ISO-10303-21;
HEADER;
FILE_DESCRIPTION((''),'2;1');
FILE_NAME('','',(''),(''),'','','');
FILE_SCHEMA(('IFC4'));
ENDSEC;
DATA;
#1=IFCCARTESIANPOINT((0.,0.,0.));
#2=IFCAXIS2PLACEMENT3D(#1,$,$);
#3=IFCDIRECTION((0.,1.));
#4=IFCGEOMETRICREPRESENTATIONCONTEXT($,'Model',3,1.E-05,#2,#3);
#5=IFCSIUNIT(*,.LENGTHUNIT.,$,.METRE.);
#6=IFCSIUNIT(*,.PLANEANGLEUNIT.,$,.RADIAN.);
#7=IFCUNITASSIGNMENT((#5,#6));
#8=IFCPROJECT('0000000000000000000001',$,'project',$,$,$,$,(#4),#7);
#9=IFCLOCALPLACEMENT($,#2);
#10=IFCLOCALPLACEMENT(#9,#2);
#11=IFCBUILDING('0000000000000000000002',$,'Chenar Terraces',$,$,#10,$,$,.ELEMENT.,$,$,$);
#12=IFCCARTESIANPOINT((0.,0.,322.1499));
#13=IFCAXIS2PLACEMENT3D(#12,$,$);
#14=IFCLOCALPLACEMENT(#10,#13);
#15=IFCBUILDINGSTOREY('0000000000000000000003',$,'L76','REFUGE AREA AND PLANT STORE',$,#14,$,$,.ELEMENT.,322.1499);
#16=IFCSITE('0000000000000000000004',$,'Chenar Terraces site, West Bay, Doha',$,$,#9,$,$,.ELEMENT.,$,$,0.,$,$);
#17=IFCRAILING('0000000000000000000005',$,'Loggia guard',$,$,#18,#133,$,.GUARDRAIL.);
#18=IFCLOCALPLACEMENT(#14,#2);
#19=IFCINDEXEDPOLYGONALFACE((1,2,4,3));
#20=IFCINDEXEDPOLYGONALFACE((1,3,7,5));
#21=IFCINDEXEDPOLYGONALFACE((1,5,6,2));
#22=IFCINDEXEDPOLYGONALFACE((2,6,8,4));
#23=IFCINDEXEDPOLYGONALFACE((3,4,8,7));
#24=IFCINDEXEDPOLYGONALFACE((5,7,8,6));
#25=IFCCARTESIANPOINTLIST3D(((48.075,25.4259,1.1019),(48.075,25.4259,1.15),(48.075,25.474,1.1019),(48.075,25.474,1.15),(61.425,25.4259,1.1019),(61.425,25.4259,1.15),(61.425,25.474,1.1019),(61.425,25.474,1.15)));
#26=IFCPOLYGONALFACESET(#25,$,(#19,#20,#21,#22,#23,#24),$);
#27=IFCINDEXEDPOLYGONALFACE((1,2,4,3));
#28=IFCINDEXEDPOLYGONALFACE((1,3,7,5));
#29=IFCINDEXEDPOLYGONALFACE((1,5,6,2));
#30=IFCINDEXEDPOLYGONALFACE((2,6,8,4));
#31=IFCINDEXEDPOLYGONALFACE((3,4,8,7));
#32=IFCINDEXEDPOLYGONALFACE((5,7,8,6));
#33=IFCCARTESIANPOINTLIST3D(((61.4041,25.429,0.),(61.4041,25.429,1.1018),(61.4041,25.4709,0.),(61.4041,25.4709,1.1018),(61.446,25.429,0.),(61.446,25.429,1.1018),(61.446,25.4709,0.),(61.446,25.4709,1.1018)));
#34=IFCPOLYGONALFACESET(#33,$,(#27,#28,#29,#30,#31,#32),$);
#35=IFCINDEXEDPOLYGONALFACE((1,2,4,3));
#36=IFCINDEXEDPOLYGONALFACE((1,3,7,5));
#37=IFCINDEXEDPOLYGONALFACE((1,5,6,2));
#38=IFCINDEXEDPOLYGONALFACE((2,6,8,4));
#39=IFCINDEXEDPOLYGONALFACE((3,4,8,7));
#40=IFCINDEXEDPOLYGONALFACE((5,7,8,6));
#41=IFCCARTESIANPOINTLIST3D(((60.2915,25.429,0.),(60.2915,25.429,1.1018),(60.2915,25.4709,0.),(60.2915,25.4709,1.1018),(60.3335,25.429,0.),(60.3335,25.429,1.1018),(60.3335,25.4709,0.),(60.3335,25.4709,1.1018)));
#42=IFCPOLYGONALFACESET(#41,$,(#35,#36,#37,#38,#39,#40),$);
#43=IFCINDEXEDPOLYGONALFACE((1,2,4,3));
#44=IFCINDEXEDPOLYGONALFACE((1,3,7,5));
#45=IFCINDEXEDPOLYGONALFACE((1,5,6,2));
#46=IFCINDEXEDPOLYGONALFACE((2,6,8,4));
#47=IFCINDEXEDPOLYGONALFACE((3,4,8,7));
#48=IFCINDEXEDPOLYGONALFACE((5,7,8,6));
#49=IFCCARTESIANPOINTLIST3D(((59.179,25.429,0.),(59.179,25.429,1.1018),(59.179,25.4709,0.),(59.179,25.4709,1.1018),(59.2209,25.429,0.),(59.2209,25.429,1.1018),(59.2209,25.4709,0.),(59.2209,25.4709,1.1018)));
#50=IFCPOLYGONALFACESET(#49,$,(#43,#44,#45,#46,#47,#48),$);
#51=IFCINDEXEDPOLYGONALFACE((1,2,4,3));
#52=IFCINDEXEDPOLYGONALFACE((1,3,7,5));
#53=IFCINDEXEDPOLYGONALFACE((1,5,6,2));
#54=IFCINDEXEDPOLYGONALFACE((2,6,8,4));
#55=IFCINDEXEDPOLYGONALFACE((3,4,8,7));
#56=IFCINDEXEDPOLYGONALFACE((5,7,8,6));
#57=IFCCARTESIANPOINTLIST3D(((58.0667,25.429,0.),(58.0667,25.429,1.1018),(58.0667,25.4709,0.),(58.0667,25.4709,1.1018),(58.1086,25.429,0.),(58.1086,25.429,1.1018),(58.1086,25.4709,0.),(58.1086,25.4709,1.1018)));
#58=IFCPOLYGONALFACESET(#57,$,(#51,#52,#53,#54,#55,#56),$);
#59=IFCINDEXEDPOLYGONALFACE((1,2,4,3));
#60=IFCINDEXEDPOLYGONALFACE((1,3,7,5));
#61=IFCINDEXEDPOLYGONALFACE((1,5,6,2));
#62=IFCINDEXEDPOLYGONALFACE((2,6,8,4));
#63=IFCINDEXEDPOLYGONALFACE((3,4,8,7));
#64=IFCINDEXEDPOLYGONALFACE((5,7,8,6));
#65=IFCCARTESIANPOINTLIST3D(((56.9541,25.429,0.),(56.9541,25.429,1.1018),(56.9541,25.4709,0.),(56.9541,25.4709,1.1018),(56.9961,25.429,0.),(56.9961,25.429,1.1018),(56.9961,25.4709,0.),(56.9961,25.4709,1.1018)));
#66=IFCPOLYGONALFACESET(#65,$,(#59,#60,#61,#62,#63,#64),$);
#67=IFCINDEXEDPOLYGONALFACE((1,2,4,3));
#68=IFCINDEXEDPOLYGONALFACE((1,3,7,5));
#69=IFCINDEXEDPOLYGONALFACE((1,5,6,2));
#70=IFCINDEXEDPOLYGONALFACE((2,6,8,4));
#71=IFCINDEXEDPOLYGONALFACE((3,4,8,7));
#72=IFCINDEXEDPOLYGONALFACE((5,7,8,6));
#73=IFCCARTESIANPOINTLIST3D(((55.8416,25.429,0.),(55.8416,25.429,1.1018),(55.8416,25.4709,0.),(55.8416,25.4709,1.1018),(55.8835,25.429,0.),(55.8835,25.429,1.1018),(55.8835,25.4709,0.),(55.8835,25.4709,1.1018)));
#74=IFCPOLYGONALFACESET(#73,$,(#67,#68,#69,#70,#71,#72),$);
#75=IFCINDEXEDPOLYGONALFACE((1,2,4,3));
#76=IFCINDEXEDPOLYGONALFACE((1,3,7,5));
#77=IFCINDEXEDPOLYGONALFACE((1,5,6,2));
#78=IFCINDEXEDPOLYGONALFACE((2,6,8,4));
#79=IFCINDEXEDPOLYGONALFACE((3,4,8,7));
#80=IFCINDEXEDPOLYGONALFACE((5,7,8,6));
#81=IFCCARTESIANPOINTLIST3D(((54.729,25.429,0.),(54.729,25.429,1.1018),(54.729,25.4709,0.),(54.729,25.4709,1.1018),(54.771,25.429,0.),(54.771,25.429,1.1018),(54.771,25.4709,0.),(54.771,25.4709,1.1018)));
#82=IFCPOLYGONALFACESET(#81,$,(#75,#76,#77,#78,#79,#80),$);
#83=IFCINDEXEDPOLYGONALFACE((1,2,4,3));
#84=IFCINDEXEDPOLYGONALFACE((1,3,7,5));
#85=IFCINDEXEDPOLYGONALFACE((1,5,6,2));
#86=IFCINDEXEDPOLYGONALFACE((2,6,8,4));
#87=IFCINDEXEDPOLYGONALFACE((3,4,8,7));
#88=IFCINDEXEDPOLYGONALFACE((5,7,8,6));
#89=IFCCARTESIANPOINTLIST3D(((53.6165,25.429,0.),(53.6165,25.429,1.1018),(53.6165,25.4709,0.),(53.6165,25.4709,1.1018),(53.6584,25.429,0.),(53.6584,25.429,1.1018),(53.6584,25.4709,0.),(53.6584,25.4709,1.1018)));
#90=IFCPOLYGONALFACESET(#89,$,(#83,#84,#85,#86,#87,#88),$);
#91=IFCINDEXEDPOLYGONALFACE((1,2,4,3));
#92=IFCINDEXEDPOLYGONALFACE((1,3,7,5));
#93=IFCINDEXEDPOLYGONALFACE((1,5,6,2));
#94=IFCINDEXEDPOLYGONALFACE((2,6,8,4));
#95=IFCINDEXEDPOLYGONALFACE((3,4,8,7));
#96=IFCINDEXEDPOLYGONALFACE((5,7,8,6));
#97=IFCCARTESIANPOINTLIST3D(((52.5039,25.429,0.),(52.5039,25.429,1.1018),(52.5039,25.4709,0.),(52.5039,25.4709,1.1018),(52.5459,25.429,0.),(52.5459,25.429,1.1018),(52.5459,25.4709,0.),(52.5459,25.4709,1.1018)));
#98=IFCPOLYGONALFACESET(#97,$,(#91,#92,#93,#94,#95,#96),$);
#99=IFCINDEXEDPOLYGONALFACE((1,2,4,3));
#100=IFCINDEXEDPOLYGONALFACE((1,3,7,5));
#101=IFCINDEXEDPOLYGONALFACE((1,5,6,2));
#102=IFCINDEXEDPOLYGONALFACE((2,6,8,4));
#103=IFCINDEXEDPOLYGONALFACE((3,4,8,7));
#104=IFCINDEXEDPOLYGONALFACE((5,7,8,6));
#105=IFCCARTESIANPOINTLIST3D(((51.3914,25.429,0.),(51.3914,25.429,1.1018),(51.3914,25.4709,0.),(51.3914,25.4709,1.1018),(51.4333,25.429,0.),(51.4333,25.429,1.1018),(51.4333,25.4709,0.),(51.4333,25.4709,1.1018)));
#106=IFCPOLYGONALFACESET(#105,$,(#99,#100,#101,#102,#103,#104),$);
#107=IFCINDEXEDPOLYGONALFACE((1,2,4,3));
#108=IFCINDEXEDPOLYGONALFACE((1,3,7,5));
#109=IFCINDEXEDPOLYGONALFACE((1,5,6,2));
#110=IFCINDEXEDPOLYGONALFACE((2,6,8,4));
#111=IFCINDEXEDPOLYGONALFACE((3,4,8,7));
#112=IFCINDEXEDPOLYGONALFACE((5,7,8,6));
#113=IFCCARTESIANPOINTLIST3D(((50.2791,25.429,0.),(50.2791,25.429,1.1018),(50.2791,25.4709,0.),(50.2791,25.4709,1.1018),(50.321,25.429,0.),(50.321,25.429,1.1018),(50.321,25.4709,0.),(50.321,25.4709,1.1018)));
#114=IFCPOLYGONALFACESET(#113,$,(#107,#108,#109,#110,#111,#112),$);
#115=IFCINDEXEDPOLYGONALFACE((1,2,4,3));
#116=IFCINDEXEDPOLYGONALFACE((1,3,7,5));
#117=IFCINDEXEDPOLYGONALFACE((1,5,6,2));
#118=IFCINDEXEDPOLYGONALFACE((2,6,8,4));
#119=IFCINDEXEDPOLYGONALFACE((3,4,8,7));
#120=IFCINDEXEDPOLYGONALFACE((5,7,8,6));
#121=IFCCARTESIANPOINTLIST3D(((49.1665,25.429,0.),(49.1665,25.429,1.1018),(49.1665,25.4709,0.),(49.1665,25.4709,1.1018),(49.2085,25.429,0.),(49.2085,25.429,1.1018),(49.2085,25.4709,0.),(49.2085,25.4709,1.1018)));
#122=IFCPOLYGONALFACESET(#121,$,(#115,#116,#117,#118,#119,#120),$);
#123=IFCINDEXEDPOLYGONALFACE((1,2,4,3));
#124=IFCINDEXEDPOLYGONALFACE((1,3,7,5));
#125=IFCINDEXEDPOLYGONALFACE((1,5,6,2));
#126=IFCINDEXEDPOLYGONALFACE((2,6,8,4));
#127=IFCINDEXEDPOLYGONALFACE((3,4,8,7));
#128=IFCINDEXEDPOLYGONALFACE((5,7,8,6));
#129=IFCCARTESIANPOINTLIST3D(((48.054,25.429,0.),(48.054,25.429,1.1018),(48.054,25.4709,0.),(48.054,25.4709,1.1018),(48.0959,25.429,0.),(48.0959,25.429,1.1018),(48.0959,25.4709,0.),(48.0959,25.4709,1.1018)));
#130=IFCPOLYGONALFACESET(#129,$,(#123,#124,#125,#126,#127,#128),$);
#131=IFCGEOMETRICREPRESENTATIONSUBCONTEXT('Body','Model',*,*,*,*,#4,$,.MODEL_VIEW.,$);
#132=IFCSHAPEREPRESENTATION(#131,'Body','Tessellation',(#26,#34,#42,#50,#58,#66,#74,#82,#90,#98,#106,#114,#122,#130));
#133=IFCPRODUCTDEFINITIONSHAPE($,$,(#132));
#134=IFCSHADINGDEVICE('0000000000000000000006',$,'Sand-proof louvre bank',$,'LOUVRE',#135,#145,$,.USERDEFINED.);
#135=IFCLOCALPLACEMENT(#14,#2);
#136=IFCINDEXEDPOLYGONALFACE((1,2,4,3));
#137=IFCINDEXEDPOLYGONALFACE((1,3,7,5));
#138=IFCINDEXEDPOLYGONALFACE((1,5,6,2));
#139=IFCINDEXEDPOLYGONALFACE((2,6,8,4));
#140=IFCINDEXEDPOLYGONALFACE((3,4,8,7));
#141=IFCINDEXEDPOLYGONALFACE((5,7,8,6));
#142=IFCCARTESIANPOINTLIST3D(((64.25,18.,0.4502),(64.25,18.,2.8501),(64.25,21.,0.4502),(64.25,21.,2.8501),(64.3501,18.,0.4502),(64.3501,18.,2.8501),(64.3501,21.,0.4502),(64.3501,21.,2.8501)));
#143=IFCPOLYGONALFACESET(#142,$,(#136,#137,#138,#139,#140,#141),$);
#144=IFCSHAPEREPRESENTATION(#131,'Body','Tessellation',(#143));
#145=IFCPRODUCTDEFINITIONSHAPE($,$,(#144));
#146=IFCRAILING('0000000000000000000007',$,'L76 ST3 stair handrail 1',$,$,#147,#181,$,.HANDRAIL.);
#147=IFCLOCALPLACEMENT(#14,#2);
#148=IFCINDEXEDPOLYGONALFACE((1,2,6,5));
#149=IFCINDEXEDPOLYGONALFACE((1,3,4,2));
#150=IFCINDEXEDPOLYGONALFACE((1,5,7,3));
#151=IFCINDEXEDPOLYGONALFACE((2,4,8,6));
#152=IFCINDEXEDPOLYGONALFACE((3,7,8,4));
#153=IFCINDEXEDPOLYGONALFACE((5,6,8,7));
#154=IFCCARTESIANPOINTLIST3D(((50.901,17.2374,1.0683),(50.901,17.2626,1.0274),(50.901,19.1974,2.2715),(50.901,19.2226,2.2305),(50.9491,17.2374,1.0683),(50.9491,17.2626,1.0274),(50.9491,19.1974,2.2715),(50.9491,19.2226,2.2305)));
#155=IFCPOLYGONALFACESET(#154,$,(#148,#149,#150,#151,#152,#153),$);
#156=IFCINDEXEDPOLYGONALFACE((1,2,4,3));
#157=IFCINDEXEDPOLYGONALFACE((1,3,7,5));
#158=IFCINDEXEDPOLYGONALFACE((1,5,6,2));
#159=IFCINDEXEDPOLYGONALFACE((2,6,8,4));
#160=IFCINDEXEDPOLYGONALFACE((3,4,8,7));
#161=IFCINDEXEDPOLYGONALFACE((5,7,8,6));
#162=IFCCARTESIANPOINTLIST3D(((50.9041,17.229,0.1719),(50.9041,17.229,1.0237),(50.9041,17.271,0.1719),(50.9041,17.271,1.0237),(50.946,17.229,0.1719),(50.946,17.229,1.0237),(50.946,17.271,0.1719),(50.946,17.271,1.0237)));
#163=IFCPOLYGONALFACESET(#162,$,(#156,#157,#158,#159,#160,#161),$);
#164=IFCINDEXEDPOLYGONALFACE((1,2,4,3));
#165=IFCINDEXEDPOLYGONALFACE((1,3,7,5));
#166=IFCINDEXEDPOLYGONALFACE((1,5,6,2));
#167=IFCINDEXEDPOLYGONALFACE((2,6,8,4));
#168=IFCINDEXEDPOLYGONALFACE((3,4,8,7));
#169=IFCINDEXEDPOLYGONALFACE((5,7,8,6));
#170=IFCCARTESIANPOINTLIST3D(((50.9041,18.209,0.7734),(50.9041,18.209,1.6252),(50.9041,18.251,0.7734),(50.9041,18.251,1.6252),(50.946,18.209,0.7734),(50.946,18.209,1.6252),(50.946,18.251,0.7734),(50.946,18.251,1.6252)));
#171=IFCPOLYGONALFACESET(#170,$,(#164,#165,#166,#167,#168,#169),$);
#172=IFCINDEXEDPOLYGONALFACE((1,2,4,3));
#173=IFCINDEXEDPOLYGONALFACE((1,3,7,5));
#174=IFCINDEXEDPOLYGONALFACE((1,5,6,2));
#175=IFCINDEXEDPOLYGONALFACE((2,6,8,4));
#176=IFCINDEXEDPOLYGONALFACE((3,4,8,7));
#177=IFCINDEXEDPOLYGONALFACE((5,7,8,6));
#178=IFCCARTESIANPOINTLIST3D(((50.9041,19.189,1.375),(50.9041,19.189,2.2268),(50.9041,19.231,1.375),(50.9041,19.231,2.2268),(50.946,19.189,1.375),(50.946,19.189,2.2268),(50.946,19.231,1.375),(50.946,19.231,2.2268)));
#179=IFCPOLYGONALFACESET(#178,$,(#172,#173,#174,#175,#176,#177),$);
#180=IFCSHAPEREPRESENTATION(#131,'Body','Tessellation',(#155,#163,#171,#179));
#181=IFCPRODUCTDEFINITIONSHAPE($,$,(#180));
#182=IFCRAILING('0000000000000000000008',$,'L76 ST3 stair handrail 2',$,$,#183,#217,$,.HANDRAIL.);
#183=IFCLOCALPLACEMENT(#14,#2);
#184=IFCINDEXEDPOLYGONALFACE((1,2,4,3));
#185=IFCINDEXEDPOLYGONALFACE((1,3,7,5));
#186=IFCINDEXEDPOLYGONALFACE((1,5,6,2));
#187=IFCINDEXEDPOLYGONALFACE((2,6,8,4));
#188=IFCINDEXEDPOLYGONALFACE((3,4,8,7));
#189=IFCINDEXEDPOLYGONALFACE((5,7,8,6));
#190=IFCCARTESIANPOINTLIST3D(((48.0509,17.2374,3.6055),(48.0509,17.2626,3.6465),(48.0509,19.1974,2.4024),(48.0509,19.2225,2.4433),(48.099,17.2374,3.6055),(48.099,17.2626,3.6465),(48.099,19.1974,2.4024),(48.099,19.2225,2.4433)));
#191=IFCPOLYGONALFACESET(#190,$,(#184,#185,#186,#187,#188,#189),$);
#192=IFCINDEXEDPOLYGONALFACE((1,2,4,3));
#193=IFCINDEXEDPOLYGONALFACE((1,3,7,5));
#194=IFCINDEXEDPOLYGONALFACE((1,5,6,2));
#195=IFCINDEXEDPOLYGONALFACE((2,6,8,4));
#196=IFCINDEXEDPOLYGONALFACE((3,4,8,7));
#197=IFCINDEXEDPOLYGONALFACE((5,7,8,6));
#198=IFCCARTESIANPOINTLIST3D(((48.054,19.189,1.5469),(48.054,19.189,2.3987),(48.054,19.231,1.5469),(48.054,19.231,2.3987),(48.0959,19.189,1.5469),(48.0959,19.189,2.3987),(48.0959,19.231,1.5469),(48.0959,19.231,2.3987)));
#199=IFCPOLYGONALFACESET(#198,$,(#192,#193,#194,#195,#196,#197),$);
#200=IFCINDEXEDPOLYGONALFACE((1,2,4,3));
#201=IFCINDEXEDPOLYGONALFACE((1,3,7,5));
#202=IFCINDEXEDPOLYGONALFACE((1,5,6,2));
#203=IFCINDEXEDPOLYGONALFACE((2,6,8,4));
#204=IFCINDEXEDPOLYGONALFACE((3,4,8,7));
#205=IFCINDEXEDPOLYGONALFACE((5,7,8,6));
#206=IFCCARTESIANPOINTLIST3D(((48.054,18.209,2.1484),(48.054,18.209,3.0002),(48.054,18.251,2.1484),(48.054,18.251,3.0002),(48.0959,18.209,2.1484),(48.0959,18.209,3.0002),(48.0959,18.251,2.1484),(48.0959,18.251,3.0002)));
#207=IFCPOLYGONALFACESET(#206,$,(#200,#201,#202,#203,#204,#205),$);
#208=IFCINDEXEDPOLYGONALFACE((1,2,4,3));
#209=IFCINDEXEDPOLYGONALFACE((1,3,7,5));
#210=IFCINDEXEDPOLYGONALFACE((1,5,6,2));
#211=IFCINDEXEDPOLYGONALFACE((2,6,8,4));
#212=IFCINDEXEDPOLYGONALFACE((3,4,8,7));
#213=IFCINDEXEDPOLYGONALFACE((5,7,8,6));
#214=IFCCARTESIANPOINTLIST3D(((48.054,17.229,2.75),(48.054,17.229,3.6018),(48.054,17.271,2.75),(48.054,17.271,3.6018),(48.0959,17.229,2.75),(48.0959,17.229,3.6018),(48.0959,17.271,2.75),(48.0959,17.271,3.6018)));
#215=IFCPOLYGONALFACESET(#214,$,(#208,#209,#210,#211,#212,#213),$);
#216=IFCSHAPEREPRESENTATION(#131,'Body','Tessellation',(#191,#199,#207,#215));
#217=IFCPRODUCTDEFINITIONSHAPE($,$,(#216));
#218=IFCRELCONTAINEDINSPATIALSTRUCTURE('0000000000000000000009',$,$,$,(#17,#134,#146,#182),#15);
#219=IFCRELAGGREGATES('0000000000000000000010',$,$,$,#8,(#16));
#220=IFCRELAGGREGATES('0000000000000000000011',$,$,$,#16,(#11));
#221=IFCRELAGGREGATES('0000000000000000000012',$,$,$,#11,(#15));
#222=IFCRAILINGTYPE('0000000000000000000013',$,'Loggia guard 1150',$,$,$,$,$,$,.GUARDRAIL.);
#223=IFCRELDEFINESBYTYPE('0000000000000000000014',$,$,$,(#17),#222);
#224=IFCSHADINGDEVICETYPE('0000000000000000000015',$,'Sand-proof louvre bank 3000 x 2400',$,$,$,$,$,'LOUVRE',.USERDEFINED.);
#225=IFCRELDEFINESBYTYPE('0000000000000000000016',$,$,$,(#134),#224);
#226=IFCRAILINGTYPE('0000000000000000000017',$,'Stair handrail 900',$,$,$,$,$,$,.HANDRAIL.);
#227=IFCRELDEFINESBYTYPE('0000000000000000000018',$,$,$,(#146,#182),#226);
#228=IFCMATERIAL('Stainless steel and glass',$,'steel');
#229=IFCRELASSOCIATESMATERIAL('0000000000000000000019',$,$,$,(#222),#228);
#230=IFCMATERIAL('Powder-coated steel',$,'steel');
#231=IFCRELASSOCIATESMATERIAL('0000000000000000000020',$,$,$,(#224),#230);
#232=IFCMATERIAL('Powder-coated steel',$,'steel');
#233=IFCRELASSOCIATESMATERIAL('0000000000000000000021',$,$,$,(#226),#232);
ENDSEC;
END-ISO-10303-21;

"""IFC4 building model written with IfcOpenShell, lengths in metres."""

from ifc_helpers import new_model, si_unit, direction, frame, origin, origin_2d, place, context, subcontext, project, spatial, rectangle, extrude, material, type_object, element, save


model = new_model("IFC4")

# Units and contexts
model_context = context("Model", 3, precision=1e-05, world=origin(), true_north=direction((0.0, 1.0)))
body_context = subcontext(model_context, "Body", "Model", "MODEL_VIEW")
ifc_project = project(units=[si_unit("LENGTHUNIT", "METRE"), si_unit("PLANEANGLEUNIT", "RADIAN")], contexts=[model_context])

# Site, building, storey
site_placement = place(None, origin())
site = spatial("IfcSite", under=ifc_project, at=site_placement, Name="Chenar Terraces site, West Bay, Doha", CompositionType="ELEMENT", RefElevation=0.0)
building_placement = place(site_placement, origin())
building = spatial("IfcBuilding", under=site, at=building_placement, Name="Chenar Terraces", CompositionType="ELEMENT")
storey_placement = place(building_placement, frame((0.0, 0.0, 322.1499)))
storey = spatial("IfcBuildingStorey", under=building, at=storey_placement, Name="L76", Description="REFUGE AREA AND PLANT STORE", CompositionType="ELEMENT", Elevation=322.1499)

# Railing
ifc_material_1 = material(Name="Stainless steel and glass", Category="steel")
railing_type_1 = type_object("IfcRailingType", Name="Loggia guard 1150", PredefinedType="GUARDRAIL", material=ifc_material_1)
railing_1_placement = place(storey_placement, frame((61.425, 25.45, 0.0)))
element("IfcRailing", 1, at=railing_1_placement, inside=storey, type_object=railing_type_1, Name="Loggia guard", PredefinedType="GUARDRAIL", context=body_context, shape_type="SweptSolid", body=[
    extrude(rectangle(XDim=0.0481, YDim=0.0481, at=origin_2d()), frame((0.0, 0.0, 1.126), z_axis=(-1.0, 0.0, 0.0), x_axis=(0.0, -1.0, 0.0)), (0.0, 0.0, 1.0), 13.3501),
    extrude(rectangle(XDim=0.042, YDim=0.042, at=origin_2d()), origin(), (0.0, 0.0, 1.0), 1.1018),
    extrude(rectangle(XDim=0.042, YDim=0.042, at=origin_2d()), frame((-1.1125, 0.0, 0.0)), (0.0, 0.0, 1.0), 1.1018),
    extrude(rectangle(XDim=0.042, YDim=0.042, at=origin_2d()), frame((-2.2251, 0.0, 0.0)), (0.0, 0.0, 1.0), 1.1018),
    extrude(rectangle(XDim=0.042, YDim=0.042, at=origin_2d()), frame((-3.3374, 0.0, 0.0)), (0.0, 0.0, 1.0), 1.1018),
    extrude(rectangle(XDim=0.042, YDim=0.042, at=origin_2d()), frame((-4.45, 0.0, 0.0)), (0.0, 0.0, 1.0), 1.1018),
    extrude(rectangle(XDim=0.042, YDim=0.042, at=origin_2d()), frame((-5.5625, 0.0, 0.0)), (0.0, 0.0, 1.0), 1.1018),
    extrude(rectangle(XDim=0.042, YDim=0.042, at=origin_2d()), frame((-6.675, 0.0, 0.0)), (0.0, 0.0, 1.0), 1.1018),
    extrude(rectangle(XDim=0.042, YDim=0.042, at=origin_2d()), frame((-7.7876, 0.0, 0.0)), (0.0, 0.0, 1.0), 1.1018),
    extrude(rectangle(XDim=0.042, YDim=0.042, at=origin_2d()), frame((-8.9001, 0.0, 0.0)), (0.0, 0.0, 1.0), 1.1018),
    extrude(rectangle(XDim=0.042, YDim=0.042, at=origin_2d()), frame((-10.0127, 0.0, 0.0)), (0.0, 0.0, 1.0), 1.1018),
    extrude(rectangle(XDim=0.042, YDim=0.042, at=origin_2d()), frame((-11.125, 0.0, 0.0)), (0.0, 0.0, 1.0), 1.1018),
    extrude(rectangle(XDim=0.042, YDim=0.042, at=origin_2d()), frame((-12.2375, 0.0, 0.0)), (0.0, 0.0, 1.0), 1.1018),
    extrude(rectangle(XDim=0.042, YDim=0.042, at=origin_2d()), frame((-13.3501, 0.0, 0.0)), (0.0, 0.0, 1.0), 1.1018),
])

# Shading device
ifc_material_2 = material(Name="Powder-coated steel", Category="steel")
shading_device_type = type_object("IfcShadingDeviceType", Name="Sand-proof louvre bank 3000 x 2400", ElementType="LOUVRE", PredefinedType="USERDEFINED", material=ifc_material_2)
shading_device_placement = place(storey_placement, frame((64.3, 19.5, 0.4502), z_axis=(0.0, 0.0, 1.0), x_axis=(0.0, 1.0, 0.0)))
element("IfcShadingDevice", 2, at=shading_device_placement, inside=storey, type_object=shading_device_type, Name="Sand-proof louvre bank", ObjectType="LOUVRE", PredefinedType="USERDEFINED", context=body_context, shape_type="SweptSolid", body=[
    extrude(rectangle(XDim=3.0, YDim=0.1001, at=origin_2d()), origin(), (0.0, 0.0, 1.0), 2.3999),
])

# Railings
ifc_material_3 = material(Name="Powder-coated steel", Category="steel")
railing_type_2 = type_object("IfcRailingType", Name="Stair handrail 900", PredefinedType="HANDRAIL", material=ifc_material_3)
railing_2_placement = place(storey_placement, frame((50.925, 17.25, 0.1719)))
element("IfcRailing", 3, at=railing_2_placement, inside=storey, type_object=railing_type_2, Name="L76 ST3 stair handrail 1", PredefinedType="HANDRAIL", context=body_context, shape_type="SweptSolid", body=[
    extrude(rectangle(XDim=0.0481, YDim=0.0481, at=origin_2d()), frame((0.0, 0.0, 0.876), z_axis=(0.0, 0.852241, 0.523149), x_axis=(-1.0, 0.0, 0.0)), (0.0, 0.0, 1.0), 2.2998),
    extrude(rectangle(XDim=0.042, YDim=0.042, at=origin_2d()), origin(), (0.0, 0.0, 1.0), 0.8518),
    extrude(rectangle(XDim=0.042, YDim=0.042, at=origin_2d()), frame((0.0, 0.98, 0.6016)), (0.0, 0.0, 1.0), 0.8518),
    extrude(rectangle(XDim=0.042, YDim=0.042, at=origin_2d()), frame((0.0, 1.96, 1.2031)), (0.0, 0.0, 1.0), 0.8518),
])
railing_3_placement = place(storey_placement, frame((48.075, 19.21, 1.5469)))
element("IfcRailing", 4, at=railing_3_placement, inside=storey, type_object=railing_type_2, Name="L76 ST3 stair handrail 2", PredefinedType="HANDRAIL", context=body_context, shape_type="SweptSolid", body=[
    extrude(rectangle(XDim=0.0481, YDim=0.0481, at=origin_2d()), frame((0.0, 0.0, 0.876), z_axis=(0.0, -0.852241, 0.523149), x_axis=(1.0, 0.0, 0.0)), (0.0, 0.0, 1.0), 2.2998),
    extrude(rectangle(XDim=0.042, YDim=0.042, at=origin_2d()), origin(), (0.0, 0.0, 1.0), 0.8518),
    extrude(rectangle(XDim=0.042, YDim=0.042, at=origin_2d()), frame((0.0, -0.98, 0.6016)), (0.0, 0.0, 1.0), 0.8518),
    extrude(rectangle(XDim=0.042, YDim=0.042, at=origin_2d()), frame((0.0, -1.96, 1.2031)), (0.0, 0.0, 1.0), 0.8518),
])

save(model, "model.ifc")
